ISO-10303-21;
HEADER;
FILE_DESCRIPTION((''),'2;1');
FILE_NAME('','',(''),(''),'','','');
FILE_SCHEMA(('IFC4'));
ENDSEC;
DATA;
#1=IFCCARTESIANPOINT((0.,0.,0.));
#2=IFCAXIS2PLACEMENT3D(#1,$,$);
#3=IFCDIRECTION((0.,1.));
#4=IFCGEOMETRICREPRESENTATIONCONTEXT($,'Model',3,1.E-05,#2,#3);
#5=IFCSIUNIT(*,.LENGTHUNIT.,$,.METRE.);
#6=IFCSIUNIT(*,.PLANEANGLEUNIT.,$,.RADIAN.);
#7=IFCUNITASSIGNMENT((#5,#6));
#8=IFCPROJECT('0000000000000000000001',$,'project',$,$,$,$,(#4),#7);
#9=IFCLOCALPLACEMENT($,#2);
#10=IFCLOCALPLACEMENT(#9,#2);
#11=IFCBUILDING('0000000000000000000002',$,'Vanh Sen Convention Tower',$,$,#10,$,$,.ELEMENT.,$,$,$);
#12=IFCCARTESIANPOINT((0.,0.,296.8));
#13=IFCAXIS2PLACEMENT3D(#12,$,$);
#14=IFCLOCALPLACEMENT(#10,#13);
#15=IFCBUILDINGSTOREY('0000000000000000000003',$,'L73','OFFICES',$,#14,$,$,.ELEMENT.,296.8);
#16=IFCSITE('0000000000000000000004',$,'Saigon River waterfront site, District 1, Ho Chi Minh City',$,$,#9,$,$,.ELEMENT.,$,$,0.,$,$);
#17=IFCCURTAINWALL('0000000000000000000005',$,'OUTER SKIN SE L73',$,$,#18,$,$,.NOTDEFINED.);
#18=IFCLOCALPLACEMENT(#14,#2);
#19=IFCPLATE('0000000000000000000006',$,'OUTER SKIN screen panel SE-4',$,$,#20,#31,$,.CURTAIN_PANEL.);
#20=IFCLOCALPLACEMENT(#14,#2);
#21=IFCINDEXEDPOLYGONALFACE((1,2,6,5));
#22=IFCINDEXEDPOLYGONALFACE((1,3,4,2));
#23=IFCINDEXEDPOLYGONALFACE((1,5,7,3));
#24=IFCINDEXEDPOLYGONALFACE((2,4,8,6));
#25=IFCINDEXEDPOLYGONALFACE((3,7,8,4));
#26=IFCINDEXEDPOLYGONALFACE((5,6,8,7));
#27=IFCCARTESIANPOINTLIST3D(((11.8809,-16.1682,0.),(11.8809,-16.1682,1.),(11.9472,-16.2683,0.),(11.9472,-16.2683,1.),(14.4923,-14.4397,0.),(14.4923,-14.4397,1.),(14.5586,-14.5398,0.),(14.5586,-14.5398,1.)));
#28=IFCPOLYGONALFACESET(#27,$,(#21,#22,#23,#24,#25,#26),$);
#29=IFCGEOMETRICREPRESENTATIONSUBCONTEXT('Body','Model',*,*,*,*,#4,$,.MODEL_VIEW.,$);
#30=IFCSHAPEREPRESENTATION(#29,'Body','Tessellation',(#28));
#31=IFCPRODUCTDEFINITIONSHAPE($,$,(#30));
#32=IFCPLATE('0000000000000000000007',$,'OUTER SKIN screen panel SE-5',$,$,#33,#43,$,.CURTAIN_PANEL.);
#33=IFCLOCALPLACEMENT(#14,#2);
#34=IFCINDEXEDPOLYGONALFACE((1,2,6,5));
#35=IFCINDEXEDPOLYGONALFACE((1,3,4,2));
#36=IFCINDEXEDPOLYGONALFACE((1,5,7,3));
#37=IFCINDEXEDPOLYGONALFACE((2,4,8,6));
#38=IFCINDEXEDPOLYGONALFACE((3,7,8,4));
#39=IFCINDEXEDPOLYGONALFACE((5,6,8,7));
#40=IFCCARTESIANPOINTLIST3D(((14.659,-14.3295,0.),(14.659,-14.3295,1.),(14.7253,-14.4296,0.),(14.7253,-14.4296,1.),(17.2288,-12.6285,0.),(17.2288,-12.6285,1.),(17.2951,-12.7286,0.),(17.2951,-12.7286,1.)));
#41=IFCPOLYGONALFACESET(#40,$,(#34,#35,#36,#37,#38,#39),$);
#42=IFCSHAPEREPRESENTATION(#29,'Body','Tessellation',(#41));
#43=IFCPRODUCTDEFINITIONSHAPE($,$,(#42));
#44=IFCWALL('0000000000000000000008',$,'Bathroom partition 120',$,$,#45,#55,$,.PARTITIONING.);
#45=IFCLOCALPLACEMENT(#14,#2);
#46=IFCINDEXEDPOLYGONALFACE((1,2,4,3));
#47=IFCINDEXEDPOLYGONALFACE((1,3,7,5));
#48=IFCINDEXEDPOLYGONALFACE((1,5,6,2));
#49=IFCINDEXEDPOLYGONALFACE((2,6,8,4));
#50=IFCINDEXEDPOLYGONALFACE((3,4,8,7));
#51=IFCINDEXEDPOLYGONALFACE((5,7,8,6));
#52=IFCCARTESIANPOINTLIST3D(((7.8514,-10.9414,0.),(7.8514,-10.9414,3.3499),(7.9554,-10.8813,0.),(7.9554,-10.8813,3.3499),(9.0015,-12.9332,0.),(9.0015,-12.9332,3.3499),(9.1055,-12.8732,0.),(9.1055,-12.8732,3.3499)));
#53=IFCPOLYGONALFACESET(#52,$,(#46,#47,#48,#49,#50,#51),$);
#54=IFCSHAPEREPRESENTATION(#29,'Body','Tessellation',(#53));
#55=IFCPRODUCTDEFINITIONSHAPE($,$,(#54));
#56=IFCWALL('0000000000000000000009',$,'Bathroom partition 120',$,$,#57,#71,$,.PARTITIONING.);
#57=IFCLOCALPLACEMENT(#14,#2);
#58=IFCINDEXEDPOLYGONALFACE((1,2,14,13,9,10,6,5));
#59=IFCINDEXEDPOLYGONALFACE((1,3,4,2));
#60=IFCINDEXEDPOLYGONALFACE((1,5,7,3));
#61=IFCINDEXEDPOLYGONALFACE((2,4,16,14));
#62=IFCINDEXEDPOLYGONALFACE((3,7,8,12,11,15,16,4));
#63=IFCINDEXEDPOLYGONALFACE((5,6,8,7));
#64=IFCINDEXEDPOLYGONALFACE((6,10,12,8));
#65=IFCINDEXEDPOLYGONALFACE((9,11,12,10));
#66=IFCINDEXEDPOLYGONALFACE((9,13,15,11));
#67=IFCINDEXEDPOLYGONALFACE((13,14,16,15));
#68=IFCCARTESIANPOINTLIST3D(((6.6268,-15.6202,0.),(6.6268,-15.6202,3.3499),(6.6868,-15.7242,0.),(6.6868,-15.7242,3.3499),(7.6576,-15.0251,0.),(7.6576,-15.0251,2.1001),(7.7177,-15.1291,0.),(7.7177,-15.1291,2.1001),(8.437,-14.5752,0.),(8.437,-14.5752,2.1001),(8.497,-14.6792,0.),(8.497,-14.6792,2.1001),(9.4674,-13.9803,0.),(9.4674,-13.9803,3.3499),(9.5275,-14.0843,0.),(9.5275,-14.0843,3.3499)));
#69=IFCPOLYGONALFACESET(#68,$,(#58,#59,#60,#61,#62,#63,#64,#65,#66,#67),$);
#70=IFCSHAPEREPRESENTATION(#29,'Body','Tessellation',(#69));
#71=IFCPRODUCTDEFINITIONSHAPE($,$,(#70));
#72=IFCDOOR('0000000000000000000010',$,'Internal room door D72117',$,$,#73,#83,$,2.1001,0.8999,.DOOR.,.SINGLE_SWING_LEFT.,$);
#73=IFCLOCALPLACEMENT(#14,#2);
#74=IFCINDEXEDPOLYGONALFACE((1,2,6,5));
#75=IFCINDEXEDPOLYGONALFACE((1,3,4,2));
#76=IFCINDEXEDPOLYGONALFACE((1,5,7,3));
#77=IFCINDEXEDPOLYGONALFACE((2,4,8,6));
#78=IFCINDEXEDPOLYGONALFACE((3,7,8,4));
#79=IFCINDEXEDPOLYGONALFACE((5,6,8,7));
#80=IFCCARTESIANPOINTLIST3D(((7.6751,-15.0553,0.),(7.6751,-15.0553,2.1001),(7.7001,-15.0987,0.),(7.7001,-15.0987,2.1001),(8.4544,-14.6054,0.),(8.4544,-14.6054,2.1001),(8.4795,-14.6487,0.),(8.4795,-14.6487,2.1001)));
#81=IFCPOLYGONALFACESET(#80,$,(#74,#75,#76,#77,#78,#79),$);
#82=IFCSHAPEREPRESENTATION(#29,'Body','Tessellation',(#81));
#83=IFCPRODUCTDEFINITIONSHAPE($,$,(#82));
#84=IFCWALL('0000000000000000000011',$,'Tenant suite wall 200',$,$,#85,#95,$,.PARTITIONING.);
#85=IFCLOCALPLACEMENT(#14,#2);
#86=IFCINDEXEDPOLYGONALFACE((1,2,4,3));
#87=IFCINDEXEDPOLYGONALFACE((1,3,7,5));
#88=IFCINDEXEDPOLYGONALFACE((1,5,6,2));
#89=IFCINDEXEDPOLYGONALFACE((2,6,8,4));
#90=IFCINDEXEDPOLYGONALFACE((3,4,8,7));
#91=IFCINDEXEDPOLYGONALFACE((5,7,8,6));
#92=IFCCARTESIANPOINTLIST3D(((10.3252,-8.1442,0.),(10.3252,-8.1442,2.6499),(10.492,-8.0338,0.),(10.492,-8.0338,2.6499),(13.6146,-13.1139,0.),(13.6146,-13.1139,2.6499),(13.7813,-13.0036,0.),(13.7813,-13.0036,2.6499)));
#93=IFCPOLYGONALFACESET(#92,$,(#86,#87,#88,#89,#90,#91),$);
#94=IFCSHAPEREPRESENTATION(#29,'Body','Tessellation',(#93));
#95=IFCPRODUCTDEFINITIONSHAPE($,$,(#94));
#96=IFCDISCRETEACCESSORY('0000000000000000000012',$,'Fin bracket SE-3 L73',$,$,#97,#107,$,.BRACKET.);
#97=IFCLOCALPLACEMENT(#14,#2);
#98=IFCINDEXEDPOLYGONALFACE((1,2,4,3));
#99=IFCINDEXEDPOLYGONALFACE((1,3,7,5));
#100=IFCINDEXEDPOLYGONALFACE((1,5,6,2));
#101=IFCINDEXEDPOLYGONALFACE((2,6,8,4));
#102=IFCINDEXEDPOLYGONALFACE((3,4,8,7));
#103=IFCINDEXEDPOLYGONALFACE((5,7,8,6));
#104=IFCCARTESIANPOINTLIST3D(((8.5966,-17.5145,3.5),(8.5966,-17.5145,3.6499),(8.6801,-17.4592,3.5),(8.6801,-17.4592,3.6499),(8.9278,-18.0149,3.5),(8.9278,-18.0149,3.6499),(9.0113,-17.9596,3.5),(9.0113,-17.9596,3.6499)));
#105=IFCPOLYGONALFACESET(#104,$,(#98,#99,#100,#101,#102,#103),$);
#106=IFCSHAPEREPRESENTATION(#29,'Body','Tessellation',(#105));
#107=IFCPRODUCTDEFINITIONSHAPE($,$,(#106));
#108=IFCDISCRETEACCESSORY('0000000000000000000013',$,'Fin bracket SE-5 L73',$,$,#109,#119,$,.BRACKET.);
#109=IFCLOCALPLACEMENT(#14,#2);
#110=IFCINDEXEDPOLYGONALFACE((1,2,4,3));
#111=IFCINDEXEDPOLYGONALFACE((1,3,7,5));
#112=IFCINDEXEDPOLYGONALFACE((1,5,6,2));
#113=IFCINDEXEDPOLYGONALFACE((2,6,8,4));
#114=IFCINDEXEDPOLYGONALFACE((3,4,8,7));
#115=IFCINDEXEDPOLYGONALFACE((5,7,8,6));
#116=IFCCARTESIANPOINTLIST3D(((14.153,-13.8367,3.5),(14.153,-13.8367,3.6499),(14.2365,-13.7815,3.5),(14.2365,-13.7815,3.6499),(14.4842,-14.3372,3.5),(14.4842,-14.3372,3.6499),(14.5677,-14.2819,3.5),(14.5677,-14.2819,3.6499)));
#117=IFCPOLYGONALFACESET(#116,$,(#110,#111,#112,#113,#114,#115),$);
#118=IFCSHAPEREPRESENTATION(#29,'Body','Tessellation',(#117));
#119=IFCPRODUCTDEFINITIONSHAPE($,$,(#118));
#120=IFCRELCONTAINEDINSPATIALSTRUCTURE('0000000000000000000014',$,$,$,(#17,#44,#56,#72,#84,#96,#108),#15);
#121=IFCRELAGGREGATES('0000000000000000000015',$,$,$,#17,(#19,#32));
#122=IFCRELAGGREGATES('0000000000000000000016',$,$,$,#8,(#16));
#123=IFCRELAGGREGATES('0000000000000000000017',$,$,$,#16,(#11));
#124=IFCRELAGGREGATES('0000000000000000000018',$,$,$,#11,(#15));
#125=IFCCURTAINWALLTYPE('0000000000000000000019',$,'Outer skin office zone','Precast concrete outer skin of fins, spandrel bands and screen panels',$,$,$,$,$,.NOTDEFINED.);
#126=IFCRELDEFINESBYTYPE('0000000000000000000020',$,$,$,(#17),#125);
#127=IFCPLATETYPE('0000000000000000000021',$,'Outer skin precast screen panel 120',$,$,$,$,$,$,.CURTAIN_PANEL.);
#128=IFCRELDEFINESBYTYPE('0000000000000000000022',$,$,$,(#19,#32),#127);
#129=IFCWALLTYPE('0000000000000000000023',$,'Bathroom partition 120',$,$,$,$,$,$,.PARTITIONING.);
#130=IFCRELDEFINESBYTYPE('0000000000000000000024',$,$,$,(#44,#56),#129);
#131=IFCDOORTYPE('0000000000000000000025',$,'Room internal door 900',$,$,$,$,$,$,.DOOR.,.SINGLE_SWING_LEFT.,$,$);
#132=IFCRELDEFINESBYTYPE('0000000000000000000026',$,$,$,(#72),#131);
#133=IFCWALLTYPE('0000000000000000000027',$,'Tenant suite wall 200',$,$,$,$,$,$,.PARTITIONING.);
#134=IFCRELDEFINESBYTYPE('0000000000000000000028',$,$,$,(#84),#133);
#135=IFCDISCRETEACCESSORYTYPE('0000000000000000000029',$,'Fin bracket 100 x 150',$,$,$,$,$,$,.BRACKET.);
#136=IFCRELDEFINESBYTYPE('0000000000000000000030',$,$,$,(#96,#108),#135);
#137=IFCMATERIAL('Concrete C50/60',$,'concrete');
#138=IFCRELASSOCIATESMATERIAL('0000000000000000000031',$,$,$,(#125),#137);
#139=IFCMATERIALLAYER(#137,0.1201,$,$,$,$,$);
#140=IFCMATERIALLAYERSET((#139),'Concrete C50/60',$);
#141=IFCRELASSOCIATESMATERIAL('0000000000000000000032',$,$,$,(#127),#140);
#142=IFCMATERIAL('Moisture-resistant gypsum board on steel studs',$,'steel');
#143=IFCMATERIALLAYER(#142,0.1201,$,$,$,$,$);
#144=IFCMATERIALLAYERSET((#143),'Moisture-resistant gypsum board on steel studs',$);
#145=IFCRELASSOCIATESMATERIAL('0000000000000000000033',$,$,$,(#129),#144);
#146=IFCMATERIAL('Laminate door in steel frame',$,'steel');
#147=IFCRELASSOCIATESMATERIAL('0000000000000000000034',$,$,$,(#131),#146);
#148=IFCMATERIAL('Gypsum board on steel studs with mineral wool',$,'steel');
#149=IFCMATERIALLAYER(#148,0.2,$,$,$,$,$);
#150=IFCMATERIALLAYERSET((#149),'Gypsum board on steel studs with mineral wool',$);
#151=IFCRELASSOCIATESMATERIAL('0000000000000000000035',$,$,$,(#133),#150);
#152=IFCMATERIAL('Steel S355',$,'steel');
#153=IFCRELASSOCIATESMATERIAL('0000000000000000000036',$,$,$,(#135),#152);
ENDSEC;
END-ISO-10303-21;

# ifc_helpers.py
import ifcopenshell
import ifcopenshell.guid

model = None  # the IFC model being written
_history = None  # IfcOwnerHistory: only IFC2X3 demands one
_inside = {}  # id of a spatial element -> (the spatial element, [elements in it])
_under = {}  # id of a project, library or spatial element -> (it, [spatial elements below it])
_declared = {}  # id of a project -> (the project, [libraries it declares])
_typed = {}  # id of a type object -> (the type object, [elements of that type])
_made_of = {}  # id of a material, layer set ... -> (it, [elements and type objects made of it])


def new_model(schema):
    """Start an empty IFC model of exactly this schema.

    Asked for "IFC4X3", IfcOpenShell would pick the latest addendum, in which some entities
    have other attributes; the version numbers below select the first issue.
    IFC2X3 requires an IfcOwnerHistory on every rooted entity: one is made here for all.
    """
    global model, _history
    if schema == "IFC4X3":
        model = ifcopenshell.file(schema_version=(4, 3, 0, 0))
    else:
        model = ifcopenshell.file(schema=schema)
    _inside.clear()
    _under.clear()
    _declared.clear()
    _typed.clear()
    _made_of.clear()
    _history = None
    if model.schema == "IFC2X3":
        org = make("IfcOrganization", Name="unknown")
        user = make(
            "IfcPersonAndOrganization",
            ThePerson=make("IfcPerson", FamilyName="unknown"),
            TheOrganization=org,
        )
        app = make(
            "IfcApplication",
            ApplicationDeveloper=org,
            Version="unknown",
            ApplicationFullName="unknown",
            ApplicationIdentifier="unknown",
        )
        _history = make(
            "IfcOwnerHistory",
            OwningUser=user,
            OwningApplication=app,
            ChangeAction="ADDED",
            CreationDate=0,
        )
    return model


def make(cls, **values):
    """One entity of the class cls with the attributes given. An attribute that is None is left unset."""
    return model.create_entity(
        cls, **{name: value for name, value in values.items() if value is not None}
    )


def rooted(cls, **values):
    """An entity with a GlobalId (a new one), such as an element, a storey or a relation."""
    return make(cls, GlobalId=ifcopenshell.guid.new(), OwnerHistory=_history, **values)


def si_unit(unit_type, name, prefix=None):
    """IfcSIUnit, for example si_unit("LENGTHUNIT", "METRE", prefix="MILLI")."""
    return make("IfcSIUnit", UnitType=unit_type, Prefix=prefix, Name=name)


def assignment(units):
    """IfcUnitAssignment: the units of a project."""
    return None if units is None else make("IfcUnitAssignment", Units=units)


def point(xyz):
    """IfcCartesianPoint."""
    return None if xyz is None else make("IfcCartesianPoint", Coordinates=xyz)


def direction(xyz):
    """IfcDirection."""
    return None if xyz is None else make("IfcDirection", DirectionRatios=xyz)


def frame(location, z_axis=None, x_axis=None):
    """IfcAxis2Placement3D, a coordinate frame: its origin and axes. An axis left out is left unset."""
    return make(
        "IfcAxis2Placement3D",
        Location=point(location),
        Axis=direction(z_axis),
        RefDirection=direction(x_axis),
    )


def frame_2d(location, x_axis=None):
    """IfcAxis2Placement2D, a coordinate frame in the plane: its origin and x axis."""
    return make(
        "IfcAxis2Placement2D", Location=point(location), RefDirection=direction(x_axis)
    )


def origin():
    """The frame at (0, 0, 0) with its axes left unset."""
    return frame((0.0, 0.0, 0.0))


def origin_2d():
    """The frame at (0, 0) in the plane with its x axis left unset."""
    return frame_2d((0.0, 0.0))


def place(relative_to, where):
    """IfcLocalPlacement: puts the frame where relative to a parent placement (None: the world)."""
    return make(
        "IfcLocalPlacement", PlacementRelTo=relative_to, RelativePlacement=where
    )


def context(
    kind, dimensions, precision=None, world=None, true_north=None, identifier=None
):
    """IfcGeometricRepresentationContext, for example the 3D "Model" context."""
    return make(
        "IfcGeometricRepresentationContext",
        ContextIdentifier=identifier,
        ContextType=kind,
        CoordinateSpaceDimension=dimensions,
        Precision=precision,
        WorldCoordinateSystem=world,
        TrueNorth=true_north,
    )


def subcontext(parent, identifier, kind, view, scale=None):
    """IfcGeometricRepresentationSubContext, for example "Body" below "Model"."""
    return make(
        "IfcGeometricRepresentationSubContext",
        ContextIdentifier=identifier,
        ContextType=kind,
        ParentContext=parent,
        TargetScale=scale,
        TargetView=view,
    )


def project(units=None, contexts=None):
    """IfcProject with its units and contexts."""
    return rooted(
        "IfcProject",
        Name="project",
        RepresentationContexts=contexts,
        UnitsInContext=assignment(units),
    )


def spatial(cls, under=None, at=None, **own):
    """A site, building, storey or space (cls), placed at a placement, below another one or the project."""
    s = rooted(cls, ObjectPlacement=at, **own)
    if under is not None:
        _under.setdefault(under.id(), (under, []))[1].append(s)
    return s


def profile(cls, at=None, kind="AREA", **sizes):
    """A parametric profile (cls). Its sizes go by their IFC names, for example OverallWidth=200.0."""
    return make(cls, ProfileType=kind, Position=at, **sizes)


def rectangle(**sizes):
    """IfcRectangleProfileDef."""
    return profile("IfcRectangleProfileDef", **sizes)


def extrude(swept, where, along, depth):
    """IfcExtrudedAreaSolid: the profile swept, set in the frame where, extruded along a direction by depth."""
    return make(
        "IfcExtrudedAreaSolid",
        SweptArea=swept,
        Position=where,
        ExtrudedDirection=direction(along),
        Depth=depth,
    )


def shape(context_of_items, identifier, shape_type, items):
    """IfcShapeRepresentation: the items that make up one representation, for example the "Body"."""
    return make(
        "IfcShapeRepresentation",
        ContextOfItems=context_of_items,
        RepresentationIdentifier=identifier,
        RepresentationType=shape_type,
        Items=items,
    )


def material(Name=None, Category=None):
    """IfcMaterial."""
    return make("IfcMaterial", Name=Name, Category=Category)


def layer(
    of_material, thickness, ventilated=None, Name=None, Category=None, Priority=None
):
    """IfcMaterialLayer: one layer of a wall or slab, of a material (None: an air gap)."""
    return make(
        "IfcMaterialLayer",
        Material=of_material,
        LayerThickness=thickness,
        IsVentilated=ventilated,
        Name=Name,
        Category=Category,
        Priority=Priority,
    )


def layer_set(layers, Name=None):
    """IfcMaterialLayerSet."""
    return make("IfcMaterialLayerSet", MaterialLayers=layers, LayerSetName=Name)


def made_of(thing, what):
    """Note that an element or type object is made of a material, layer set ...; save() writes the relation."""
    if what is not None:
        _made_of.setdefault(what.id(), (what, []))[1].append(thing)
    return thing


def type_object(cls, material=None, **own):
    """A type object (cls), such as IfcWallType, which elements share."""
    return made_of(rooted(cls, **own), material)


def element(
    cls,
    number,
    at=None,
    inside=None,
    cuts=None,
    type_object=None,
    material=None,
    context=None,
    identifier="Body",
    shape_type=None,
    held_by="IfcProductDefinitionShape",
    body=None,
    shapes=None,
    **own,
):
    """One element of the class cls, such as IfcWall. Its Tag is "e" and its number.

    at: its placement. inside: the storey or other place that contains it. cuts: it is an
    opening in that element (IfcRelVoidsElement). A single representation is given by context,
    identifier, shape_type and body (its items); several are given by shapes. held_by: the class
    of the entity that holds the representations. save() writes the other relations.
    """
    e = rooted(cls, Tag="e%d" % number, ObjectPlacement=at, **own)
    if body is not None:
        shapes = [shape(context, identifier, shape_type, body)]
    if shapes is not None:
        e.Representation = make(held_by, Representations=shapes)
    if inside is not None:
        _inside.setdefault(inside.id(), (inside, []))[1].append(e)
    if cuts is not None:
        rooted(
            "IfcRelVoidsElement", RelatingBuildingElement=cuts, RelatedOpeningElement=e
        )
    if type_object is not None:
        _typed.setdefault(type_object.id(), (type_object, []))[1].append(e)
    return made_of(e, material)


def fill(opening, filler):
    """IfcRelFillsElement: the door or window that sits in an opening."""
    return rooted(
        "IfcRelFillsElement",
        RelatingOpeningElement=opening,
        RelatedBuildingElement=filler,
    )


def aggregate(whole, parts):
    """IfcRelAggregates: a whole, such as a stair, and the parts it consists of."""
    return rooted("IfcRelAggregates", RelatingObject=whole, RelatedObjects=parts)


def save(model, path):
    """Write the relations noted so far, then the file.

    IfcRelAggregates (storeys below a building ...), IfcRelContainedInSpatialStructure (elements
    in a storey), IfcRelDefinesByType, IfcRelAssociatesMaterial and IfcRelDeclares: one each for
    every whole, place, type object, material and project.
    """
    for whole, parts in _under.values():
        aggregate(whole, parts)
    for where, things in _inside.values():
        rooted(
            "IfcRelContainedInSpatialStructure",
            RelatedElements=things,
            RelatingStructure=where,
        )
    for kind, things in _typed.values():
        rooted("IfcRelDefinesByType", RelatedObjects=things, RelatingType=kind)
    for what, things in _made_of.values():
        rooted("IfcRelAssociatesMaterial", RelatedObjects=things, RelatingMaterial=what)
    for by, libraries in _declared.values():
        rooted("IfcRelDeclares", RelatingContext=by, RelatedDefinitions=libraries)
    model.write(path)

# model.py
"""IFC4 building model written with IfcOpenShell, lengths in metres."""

from ifc_helpers import new_model, si_unit, direction, frame, frame_2d, origin, origin_2d, place, context, subcontext, project, spatial, rectangle, extrude, material, layer, layer_set, type_object, element, fill, aggregate, save


model = new_model("IFC4")

# Units and contexts
model_context = context("Model", 3, precision=1e-05, world=origin(), true_north=direction((0.0, 1.0)))
body_context = subcontext(model_context, "Body", "Model", "MODEL_VIEW")
ifc_project = project(units=[si_unit("LENGTHUNIT", "METRE"), si_unit("PLANEANGLEUNIT", "RADIAN")], contexts=[model_context])

# Site, building, storey
site_placement = place(None, origin())
site = spatial("IfcSite", under=ifc_project, at=site_placement, Name="Saigon River waterfront site, District 1, Ho Chi Minh City", CompositionType="ELEMENT", RefElevation=0.0)
building_placement = place(site_placement, origin())
building = spatial("IfcBuilding", under=site, at=building_placement, Name="Vanh Sen Convention Tower", CompositionType="ELEMENT")
storey_placement = place(building_placement, frame((0.0, 0.0, 296.8)))
storey = spatial("IfcBuildingStorey", under=building, at=storey_placement, Name="L73", Description="OFFICES", CompositionType="ELEMENT", Elevation=296.8)

# Curtain wall
ifc_material_1 = material(Name="Concrete C50/60", Category="concrete")
curtain_wall_type = type_object("IfcCurtainWallType", Name="Outer skin office zone", Description="Precast concrete outer skin of fins, spandrel bands and screen panels", PredefinedType="NOTDEFINED", material=ifc_material_1)
curtain_wall_1_placement = place(storey_placement, origin())
curtain_wall_1 = element("IfcCurtainWall", 1, at=curtain_wall_1_placement, inside=storey, type_object=curtain_wall_type, Name="OUTER SKIN SE L73", PredefinedType="NOTDEFINED")

# Plates
ifc_layer_1 = layer(ifc_material_1, 0.1201)
ifc_layer_set_1 = layer_set([ifc_layer_1], Name="Concrete C50/60")
plate_type = type_object("IfcPlateType", Name="Outer skin precast screen panel 120", PredefinedType="CURTAIN_PANEL", material=ifc_layer_set_1)
plate_1_placement = place(storey_placement, frame((13.2197, -15.354, 0.0), z_axis=(0.0, 0.0, 1.0), x_axis=(0.833879, 0.551947, 0.0)))
plate_1 = element("IfcPlate", 2, at=plate_1_placement, type_object=plate_type, Name="OUTER SKIN screen panel SE-4", PredefinedType="CURTAIN_PANEL", context=body_context, shape_type="SweptSolid", body=[
    extrude(rectangle(XDim=3.1316, YDim=0.1201, at=origin_2d()), origin(), (0.0, 0.0, 1.0), 1.0),
])
plate_2_placement = place(storey_placement, frame((15.9771, -13.5291, 0.0), z_axis=(0.0, 0.0, 1.0), x_axis=(0.833879, 0.551947, 0.0)))
plate_2 = element("IfcPlate", 3, at=plate_2_placement, type_object=plate_type, Name="OUTER SKIN screen panel SE-5", PredefinedType="CURTAIN_PANEL", context=body_context, shape_type="SweptSolid", body=[
    extrude(rectangle(XDim=3.0818, YDim=0.1201, at=origin_2d()), origin(), (0.0, 0.0, 1.0), 1.0),
])
aggregate(curtain_wall_1, [plate_1, plate_2])

# Wall
ifc_material_2 = material(Name="Moisture-resistant gypsum board on steel studs", Category="steel")
ifc_layer_2 = layer(ifc_material_2, 0.1201)
ifc_layer_set_2 = layer_set([ifc_layer_2], Name="Moisture-resistant gypsum board on steel studs")
wall_type_1 = type_object("IfcWallType", Name="Bathroom partition 120", PredefinedType="PARTITIONING", material=ifc_layer_set_2)
wall_1_placement = place(storey_placement, frame((9.0535, -12.9031, 0.0), z_axis=(0.0, 0.0, 1.0), x_axis=(-0.500032, 0.866007, 0.0)))
element("IfcWall", 4, at=wall_1_placement, inside=storey, type_object=wall_type_1, Name="Bathroom partition 120", PredefinedType="PARTITIONING", context=body_context, shape_type="SweptSolid", body=[
    extrude(rectangle(XDim=2.3, YDim=0.1201, at=frame_2d((1.1499, 0.0))), origin(), (0.0, 0.0, 1.0), 3.3499),
])

# Wall, opening, door
wall_2_placement = place(storey_placement, frame((9.4976, -14.0322, 0.0), z_axis=(0.0, 0.0, 1.0), x_axis=(-0.866041, -0.499974, 0.0)))
wall_2 = element("IfcWall", 5, at=wall_2_placement, inside=storey, type_object=wall_type_1, Name="Bathroom partition 120", PredefinedType="PARTITIONING", context=body_context, shape_type="SweptSolid", body=[
    extrude(rectangle(XDim=3.28, YDim=0.1201, at=frame_2d((1.6401, 0.0))), origin(), (0.0, 0.0, 1.0), 3.3499),
])
opening_placement = place(wall_2_placement, frame((1.1899, 0.0, 0.0)))
opening = element("IfcOpeningElement", 6, at=opening_placement, cuts=wall_2, PredefinedType="OPENING", context=body_context, shape_type="SweptSolid", body=[
    extrude(rectangle(XDim=0.8999, YDim=2.1001, at=frame_2d((0.45, 1.05))), frame((0.0, 0.0701, 0.0), z_axis=(0.0, -1.0, 0.0), x_axis=(1.0, 0.0, 0.0)), (0.0, 0.0, 1.0), 0.1401),
])
ifc_material_3 = material(Name="Laminate door in steel frame", Category="steel")
door_type = type_object("IfcDoorType", Name="Room internal door 900", OperationType="SINGLE_SWING_LEFT", PredefinedType="DOOR", material=ifc_material_3)
door_placement = place(opening_placement, origin())
door = element("IfcDoor", 7, at=door_placement, inside=storey, type_object=door_type, Name="Internal room door D72117", OperationType="SINGLE_SWING_LEFT", OverallHeight=2.1001, OverallWidth=0.8999, PredefinedType="DOOR", context=body_context, shape_type="SweptSolid", body=[
    extrude(rectangle(XDim=0.8999, YDim=2.1001, at=frame_2d((0.45, 1.05))), frame((0.0, 0.0249, 0.0), z_axis=(0.0, -1.0, 0.0), x_axis=(1.0, 0.0, 0.0)), (0.0, 0.0, 1.0), 0.05),
])
fill(opening, door)

# Wall
ifc_material_4 = material(Name="Gypsum board on steel studs with mineral wool", Category="steel")
ifc_layer_3 = layer(ifc_material_4, 0.2)
ifc_layer_set_3 = layer_set([ifc_layer_3], Name="Gypsum board on steel studs with mineral wool")
wall_type_2 = type_object("IfcWallType", Name="Tenant suite wall 200", PredefinedType="PARTITIONING", material=ifc_layer_set_3)
wall_3_placement = place(storey_placement, frame((13.698, -13.0588, 0.0), z_axis=(0.0, 0.0, 1.0), x_axis=(-0.551927, 0.833892, 0.0)))
element("IfcWall", 8, at=wall_3_placement, inside=storey, type_object=wall_type_2, Name="Tenant suite wall 200", PredefinedType="PARTITIONING", context=body_context, shape_type="SweptSolid", body=[
    extrude(rectangle(XDim=5.9597, YDim=0.2, at=frame_2d((2.98, 0.0))), origin(), (0.0, 0.0, 1.0), 2.6499),
])

# Discrete accessories
ifc_material_5 = material(Name="Steel S355", Category="steel")
discrete_accessory_type = type_object("IfcDiscreteAccessoryType", Name="Fin bracket 100 x 150", PredefinedType="BRACKET", material=ifc_material_5)
for number, where, z_axis, x_axis, name in (
    (9, (8.804, -17.7371, 3.5), (0.0, 0.0, 1.0), (0.551937, -0.833886, 0.0), "Fin bracket SE-3 L73"),
    (10, (14.3604, -14.0593, 3.5), (0.0, 0.0, 1.0), (0.551937, -0.833886, 0.0), "Fin bracket SE-5 L73"),
):
    element("IfcDiscreteAccessory", number, at=place(storey_placement, frame(where, z_axis=z_axis, x_axis=x_axis)), inside=storey, type_object=discrete_accessory_type, Name=name, PredefinedType="BRACKET", context=body_context, shape_type="SweptSolid", body=[
        extrude(rectangle(XDim=0.6001, YDim=0.1001, at=origin_2d()), origin(), (0.0, 0.0, 1.0), 0.1499),
    ])

save(model, "model.ifc")
